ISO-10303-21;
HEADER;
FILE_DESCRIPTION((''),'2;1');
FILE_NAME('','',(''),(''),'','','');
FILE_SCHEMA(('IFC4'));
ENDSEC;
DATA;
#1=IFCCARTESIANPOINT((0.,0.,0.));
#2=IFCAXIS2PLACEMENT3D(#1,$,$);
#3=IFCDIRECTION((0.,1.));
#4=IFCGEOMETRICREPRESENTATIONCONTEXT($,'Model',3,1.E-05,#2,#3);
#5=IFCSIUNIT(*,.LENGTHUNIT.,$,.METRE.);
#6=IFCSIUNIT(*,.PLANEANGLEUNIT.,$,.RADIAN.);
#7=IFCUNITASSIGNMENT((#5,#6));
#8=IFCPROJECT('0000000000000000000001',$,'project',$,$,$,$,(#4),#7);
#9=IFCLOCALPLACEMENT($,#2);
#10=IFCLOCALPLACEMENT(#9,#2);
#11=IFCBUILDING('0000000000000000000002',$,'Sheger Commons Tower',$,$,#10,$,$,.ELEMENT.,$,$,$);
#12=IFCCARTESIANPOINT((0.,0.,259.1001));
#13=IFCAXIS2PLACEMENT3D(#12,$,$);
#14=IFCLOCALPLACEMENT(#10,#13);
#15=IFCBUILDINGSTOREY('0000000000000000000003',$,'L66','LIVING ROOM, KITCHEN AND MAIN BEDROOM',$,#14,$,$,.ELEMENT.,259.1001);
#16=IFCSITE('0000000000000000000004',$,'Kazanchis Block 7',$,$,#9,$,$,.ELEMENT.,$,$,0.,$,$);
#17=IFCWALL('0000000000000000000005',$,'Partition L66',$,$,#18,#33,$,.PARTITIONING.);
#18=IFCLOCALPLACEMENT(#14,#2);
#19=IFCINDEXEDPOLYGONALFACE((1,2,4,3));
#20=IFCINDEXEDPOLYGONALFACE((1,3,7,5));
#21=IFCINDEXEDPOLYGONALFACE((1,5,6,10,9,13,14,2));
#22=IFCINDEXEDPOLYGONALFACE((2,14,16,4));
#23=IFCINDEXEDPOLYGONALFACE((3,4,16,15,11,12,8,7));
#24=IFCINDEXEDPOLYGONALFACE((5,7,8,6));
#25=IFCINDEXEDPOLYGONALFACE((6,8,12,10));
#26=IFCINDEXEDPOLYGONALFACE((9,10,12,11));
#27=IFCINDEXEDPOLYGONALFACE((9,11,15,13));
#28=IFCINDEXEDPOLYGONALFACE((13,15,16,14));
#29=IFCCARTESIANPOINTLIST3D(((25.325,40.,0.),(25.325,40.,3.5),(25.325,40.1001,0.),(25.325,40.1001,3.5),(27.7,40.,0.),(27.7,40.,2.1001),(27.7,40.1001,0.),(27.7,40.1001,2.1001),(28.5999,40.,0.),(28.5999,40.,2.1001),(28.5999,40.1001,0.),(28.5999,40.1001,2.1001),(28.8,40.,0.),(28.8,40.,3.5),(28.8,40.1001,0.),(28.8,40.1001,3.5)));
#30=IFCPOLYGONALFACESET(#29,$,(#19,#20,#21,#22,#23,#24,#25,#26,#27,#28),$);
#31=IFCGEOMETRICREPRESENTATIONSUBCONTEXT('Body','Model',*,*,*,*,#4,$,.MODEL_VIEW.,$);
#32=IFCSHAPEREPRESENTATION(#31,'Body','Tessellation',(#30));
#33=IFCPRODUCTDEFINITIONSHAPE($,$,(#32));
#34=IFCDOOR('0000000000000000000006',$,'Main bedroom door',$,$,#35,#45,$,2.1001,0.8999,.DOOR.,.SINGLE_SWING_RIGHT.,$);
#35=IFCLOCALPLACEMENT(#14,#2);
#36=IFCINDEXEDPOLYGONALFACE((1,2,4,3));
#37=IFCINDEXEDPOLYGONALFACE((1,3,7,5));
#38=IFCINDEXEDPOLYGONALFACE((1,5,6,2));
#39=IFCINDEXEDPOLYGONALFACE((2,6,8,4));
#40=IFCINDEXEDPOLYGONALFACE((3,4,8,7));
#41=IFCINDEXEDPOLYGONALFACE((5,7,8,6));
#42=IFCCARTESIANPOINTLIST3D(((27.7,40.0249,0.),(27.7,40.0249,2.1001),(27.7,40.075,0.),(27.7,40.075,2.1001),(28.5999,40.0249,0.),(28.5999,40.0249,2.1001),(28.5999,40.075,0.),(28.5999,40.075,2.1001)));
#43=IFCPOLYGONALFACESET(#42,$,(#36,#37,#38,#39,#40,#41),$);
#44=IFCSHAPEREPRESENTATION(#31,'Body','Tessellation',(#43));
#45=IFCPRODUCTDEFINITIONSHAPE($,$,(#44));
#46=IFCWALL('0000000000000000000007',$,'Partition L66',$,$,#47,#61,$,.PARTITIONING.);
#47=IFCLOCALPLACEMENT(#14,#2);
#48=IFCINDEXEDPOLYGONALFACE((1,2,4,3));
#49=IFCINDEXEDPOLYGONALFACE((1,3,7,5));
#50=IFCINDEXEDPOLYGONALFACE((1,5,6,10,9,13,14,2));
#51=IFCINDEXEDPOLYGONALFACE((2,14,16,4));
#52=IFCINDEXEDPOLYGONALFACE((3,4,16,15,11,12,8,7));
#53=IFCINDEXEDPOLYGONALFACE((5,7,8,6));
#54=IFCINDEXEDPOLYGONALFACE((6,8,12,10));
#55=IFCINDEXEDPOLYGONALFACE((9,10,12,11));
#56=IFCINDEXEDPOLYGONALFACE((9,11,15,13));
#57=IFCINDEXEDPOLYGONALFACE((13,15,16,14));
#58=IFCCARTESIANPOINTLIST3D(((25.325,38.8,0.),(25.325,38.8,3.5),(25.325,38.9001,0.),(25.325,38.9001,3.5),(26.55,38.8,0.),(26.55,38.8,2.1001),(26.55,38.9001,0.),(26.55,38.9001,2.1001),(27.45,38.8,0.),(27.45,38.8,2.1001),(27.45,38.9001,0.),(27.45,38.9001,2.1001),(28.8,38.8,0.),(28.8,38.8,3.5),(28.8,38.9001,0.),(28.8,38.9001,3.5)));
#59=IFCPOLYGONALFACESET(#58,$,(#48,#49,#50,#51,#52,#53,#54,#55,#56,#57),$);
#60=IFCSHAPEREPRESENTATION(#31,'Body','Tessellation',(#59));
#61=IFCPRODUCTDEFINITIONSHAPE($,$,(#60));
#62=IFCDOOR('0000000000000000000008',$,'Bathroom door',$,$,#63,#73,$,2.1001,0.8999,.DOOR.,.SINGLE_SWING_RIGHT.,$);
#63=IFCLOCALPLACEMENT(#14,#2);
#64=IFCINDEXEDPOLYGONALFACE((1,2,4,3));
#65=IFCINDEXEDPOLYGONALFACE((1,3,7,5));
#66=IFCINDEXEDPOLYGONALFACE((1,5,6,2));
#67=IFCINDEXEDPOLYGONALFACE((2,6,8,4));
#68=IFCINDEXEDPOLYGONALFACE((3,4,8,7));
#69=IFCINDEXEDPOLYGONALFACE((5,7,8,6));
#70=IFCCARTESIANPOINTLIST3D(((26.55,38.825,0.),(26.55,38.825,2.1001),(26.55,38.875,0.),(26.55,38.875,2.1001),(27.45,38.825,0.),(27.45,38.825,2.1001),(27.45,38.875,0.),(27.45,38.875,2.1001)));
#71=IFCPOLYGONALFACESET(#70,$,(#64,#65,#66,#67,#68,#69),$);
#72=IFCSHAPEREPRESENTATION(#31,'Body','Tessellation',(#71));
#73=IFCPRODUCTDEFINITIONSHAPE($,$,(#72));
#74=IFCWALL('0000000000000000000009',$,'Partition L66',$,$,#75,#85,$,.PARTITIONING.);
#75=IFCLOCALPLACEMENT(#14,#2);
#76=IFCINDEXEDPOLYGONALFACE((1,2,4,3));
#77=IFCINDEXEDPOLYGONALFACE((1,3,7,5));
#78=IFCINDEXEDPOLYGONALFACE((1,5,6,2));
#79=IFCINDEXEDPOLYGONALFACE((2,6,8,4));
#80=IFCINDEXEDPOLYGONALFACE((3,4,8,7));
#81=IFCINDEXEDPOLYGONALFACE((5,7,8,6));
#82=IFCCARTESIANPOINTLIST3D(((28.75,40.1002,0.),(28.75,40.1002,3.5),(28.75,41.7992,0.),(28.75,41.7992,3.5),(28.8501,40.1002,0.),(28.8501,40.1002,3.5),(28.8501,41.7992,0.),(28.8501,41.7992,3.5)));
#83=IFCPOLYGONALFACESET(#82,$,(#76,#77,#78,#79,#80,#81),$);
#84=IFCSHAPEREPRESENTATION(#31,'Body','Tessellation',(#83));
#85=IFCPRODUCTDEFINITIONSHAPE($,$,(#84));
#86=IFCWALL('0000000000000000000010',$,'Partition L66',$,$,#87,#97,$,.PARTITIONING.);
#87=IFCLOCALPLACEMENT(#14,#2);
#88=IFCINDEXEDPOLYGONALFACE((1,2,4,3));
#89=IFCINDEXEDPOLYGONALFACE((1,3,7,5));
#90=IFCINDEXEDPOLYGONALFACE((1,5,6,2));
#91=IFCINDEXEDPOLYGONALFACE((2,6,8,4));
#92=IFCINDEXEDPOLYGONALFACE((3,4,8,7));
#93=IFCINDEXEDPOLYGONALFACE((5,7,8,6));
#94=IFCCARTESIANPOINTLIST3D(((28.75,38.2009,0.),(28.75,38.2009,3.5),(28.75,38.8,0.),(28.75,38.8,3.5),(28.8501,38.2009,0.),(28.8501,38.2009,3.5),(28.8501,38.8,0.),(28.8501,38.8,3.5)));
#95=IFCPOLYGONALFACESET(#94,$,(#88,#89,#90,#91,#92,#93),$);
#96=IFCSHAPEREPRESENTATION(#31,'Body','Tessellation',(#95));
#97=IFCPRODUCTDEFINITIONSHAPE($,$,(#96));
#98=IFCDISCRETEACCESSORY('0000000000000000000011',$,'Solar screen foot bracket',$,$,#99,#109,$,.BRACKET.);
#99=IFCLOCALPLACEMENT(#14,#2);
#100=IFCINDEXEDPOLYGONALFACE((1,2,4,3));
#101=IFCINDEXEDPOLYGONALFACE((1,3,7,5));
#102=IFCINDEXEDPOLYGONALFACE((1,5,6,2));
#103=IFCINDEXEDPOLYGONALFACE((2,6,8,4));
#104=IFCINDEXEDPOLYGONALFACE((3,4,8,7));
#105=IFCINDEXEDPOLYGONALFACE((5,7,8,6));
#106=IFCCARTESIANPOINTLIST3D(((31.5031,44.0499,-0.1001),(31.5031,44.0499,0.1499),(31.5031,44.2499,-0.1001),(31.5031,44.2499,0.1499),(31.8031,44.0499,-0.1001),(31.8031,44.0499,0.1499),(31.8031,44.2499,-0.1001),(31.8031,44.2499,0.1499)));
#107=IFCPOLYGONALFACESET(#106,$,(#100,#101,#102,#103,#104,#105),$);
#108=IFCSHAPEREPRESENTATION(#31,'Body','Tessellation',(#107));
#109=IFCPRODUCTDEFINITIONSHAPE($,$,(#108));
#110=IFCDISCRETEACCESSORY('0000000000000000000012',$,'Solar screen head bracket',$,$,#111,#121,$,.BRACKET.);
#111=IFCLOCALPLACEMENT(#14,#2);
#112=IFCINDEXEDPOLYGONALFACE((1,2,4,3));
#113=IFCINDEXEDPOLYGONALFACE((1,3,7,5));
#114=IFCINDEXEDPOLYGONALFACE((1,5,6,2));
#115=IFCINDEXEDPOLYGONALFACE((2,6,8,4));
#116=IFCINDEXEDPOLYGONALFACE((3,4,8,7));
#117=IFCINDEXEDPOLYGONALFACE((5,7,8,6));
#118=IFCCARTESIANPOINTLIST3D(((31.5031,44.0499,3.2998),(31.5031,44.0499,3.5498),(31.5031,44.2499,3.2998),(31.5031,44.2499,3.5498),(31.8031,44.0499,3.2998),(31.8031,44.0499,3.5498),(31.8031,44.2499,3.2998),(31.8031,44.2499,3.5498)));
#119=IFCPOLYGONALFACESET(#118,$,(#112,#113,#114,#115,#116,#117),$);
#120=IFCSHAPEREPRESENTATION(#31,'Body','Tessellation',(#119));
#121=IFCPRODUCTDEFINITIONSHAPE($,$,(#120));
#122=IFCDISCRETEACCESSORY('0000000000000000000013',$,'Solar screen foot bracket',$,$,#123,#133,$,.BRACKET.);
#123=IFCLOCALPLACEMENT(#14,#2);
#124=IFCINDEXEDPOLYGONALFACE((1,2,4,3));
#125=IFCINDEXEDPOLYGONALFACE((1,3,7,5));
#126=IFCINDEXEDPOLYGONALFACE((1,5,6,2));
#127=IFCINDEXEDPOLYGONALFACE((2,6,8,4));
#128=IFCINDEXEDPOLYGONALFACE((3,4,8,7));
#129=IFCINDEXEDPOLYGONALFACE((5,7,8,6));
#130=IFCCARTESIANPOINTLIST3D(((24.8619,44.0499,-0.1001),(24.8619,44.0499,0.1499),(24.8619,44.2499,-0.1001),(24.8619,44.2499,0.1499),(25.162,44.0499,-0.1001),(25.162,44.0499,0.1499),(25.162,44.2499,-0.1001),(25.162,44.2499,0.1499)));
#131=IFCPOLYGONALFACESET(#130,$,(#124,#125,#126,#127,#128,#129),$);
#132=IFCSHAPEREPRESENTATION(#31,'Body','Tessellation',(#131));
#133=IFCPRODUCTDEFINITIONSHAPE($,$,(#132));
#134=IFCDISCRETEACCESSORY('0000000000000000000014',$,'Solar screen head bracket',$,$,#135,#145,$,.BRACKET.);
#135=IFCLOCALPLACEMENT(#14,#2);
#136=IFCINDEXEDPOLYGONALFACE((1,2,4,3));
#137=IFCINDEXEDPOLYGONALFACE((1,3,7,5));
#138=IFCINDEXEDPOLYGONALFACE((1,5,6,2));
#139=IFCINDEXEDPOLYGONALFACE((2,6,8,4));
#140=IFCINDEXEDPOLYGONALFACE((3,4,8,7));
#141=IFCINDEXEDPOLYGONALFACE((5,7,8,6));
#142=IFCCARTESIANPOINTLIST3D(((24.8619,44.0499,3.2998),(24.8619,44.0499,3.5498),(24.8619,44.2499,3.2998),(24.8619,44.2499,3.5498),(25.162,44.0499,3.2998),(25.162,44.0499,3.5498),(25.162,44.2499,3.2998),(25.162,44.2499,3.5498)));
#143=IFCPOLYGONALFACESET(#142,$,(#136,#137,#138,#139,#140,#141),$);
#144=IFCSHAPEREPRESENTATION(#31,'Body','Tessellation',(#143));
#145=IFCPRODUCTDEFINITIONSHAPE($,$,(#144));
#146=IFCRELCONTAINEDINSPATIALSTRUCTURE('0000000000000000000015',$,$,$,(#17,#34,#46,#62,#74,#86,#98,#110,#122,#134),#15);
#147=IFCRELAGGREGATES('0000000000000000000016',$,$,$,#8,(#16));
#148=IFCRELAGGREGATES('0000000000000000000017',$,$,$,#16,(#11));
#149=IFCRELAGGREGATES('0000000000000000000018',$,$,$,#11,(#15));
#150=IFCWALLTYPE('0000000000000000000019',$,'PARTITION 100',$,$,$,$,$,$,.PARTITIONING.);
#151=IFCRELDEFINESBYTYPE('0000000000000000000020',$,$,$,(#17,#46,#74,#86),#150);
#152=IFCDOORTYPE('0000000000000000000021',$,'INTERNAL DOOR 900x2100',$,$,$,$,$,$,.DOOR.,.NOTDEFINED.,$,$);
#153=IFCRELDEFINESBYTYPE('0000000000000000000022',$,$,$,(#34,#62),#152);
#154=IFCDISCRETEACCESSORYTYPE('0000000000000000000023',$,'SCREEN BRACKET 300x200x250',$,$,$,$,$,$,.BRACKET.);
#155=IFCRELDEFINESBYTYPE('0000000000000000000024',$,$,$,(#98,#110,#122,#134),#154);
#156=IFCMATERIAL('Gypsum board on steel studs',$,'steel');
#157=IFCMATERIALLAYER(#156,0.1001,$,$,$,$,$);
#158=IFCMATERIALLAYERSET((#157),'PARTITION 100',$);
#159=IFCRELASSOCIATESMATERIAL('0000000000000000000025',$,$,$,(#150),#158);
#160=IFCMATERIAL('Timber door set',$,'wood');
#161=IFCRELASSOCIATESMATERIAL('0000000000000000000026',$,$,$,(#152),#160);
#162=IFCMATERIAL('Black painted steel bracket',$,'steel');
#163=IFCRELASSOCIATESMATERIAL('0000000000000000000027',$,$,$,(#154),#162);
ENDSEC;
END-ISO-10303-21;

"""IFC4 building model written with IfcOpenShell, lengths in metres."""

from ifc_helpers import new_model, si_unit, direction, frame, frame_2d, origin, origin_2d, place, context, subcontext, project, spatial, rectangle, extrude, material, layer, layer_set, type_object, element, fill, save


model = new_model("IFC4")

# Units and contexts
model_context = context("Model", 3, precision=1e-05, world=origin(), true_north=direction((0.0, 1.0)))
body_context = subcontext(model_context, "Body", "Model", "MODEL_VIEW")
ifc_project = project(units=[si_unit("LENGTHUNIT", "METRE"), si_unit("PLANEANGLEUNIT", "RADIAN")], contexts=[model_context])

# Site, building, storey
site_placement = place(None, origin())
site = spatial("IfcSite", under=ifc_project, at=site_placement, Name="Kazanchis Block 7", CompositionType="ELEMENT", RefElevation=0.0)
building_placement = place(site_placement, origin())
building = spatial("IfcBuilding", under=site, at=building_placement, Name="Sheger Commons Tower", CompositionType="ELEMENT")
storey_placement = place(building_placement, frame((0.0, 0.0, 259.1001)))
storey = spatial("IfcBuildingStorey", under=building, at=storey_placement, Name="L66", Description="LIVING ROOM, KITCHEN AND MAIN BEDROOM", CompositionType="ELEMENT", Elevation=259.1001)

# Shared definitions
ifc_material_1 = material(Name="Gypsum board on steel studs", Category="steel")
ifc_layer_1 = layer(ifc_material_1, 0.1001)
ifc_layer_set_1 = layer_set([ifc_layer_1], Name="PARTITION 100")
wall_type_1 = type_object("IfcWallType", Name="PARTITION 100", PredefinedType="PARTITIONING", material=ifc_layer_set_1)

# Walls, openings, doors
wall_1_placement = place(storey_placement, frame((25.325, 40.05, 0.0), z_axis=(0.0, 0.0, 1.0), x_axis=(1.0, 0.0, 0.0)))
wall_1 = element("IfcWall", 1, at=wall_1_placement, inside=storey, type_object=wall_type_1, Name="Partition L66", PredefinedType="PARTITIONING", context=body_context, shape_type="SweptSolid", body=[
    extrude(rectangle(XDim=3.4751, YDim=0.1001, at=frame_2d((1.7375, 0.0))), origin(), (0.0, 0.0, 1.0), 3.5),
])
opening_1_placement = place(wall_1_placement, frame((2.375, 0.0, 0.0)))
opening_1 = element("IfcOpeningElement", 2, at=opening_1_placement, cuts=wall_1, PredefinedType="OPENING", context=body_context, shape_type="SweptSolid", body=[
    extrude(rectangle(XDim=0.8999, YDim=2.1001, at=frame_2d((0.45, 1.05))), frame((0.0, 0.0601, 0.0), z_axis=(0.0, -1.0, 0.0), x_axis=(1.0, 0.0, 0.0)), (0.0, 0.0, 1.0), 0.1201),
])
ifc_material_2 = material(Name="Timber door set", Category="wood")
door_type_1 = type_object("IfcDoorType", Name="INTERNAL DOOR 900x2100", OperationType="NOTDEFINED", PredefinedType="DOOR", material=ifc_material_2)
door_1_placement = place(opening_1_placement, origin())
door_1 = element("IfcDoor", 3, at=door_1_placement, inside=storey, type_object=door_type_1, Name="Main bedroom door", OperationType="SINGLE_SWING_RIGHT", OverallHeight=2.1001, OverallWidth=0.8999, PredefinedType="DOOR", context=body_context, shape_type="SweptSolid", body=[
    extrude(rectangle(XDim=0.8999, YDim=2.1001, at=frame_2d((0.45, 1.05))), frame((0.0, 0.0249, 0.0), z_axis=(0.0, -1.0, 0.0), x_axis=(1.0, 0.0, 0.0)), (0.0, 0.0, 1.0), 0.05),
])
fill(opening_1, door_1)
wall_2_placement = place(storey_placement, frame((25.325, 38.8501, 0.0), z_axis=(0.0, 0.0, 1.0), x_axis=(1.0, 0.0, 0.0)))
wall_2 = element("IfcWall", 4, at=wall_2_placement, inside=storey, type_object=wall_type_1, Name="Partition L66", PredefinedType="PARTITIONING", context=body_context, shape_type="SweptSolid", body=[
    extrude(rectangle(XDim=3.4751, YDim=0.1001, at=frame_2d((1.7375, 0.0))), origin(), (0.0, 0.0, 1.0), 3.5),
])
opening_2_placement = place(wall_2_placement, frame((1.2251, 0.0, 0.0)))
opening_2 = element("IfcOpeningElement", 5, at=opening_2_placement, cuts=wall_2, PredefinedType="OPENING", context=body_context, shape_type="SweptSolid", body=[
    extrude(rectangle(XDim=0.8999, YDim=2.1001, at=frame_2d((0.45, 1.05))), frame((0.0, 0.0601, 0.0), z_axis=(0.0, -1.0, 0.0), x_axis=(1.0, 0.0, 0.0)), (0.0, 0.0, 1.0), 0.1201),
])
door_2_placement = place(opening_2_placement, origin())
door_2 = element("IfcDoor", 6, at=door_2_placement, inside=storey, type_object=door_type_1, Name="Bathroom door", OperationType="SINGLE_SWING_RIGHT", OverallHeight=2.1001, OverallWidth=0.8999, PredefinedType="DOOR", context=body_context, shape_type="SweptSolid", body=[
    extrude(rectangle(XDim=0.8999, YDim=2.1001, at=frame_2d((0.45, 1.05))), frame((0.0, 0.0249, 0.0), z_axis=(0.0, -1.0, 0.0), x_axis=(1.0, 0.0, 0.0)), (0.0, 0.0, 1.0), 0.05),
])
fill(opening_2, door_2)

# Walls
wall_3_placement = place(storey_placement, frame((28.8, 40.1001, 0.0), z_axis=(0.0, 0.0, 1.0), x_axis=(0.0, 1.0, 0.0)))
element("IfcWall", 7, at=wall_3_placement, inside=storey, type_object=wall_type_1, Name="Partition L66", PredefinedType="PARTITIONING", context=body_context, shape_type="SweptSolid", body=[
    extrude(rectangle(XDim=1.699, YDim=0.1001, at=frame_2d((0.8496, 0.0))), origin(), (0.0, 0.0, 1.0), 3.5),
])
wall_4_placement = place(storey_placement, frame((28.8, 38.2009, 0.0), z_axis=(0.0, 0.0, 1.0), x_axis=(0.0, 1.0, 0.0)))
element("IfcWall", 8, at=wall_4_placement, inside=storey, type_object=wall_type_1, Name="Partition L66", PredefinedType="PARTITIONING", context=body_context, shape_type="SweptSolid", body=[
    extrude(rectangle(XDim=0.5991, YDim=0.1001, at=frame_2d((0.2996, 0.0))), origin(), (0.0, 0.0, 1.0), 3.5),
])

# Discrete accessories
ifc_material_3 = material(Name="Black painted steel bracket", Category="steel")
discrete_accessory_type = type_object("IfcDiscreteAccessoryType", Name="SCREEN BRACKET 300x200x250", PredefinedType="BRACKET", material=ifc_material_3)
for number, where, z_axis, x_axis, name in (
    (9, (31.6531, 44.1499, -0.1001), (0.0, 0.0, 1.0), (-1.0, 0.0, 0.0), "Solar screen foot bracket"),
    (10, (31.6531, 44.1499, 3.2998), (0.0, 0.0, 1.0), (-1.0, 0.0, 0.0), "Solar screen head bracket"),
    (11, (25.012, 44.1499, -0.1001), (0.0, 0.0, 1.0), (-1.0, 0.0, 0.0), "Solar screen foot bracket"),
    (12, (25.012, 44.1499, 3.2998), (0.0, 0.0, 1.0), (-1.0, 0.0, 0.0), "Solar screen head bracket"),
):
    element("IfcDiscreteAccessory", number, at=place(storey_placement, frame(where, z_axis=z_axis, x_axis=x_axis)), inside=storey, type_object=discrete_accessory_type, Name=name, PredefinedType="BRACKET", context=body_context, shape_type="SweptSolid", body=[
        extrude(rectangle(XDim=0.3, YDim=0.2, at=origin_2d()), origin(), (0.0, 0.0, 1.0), 0.25),
    ])

save(model, "model.ifc")
